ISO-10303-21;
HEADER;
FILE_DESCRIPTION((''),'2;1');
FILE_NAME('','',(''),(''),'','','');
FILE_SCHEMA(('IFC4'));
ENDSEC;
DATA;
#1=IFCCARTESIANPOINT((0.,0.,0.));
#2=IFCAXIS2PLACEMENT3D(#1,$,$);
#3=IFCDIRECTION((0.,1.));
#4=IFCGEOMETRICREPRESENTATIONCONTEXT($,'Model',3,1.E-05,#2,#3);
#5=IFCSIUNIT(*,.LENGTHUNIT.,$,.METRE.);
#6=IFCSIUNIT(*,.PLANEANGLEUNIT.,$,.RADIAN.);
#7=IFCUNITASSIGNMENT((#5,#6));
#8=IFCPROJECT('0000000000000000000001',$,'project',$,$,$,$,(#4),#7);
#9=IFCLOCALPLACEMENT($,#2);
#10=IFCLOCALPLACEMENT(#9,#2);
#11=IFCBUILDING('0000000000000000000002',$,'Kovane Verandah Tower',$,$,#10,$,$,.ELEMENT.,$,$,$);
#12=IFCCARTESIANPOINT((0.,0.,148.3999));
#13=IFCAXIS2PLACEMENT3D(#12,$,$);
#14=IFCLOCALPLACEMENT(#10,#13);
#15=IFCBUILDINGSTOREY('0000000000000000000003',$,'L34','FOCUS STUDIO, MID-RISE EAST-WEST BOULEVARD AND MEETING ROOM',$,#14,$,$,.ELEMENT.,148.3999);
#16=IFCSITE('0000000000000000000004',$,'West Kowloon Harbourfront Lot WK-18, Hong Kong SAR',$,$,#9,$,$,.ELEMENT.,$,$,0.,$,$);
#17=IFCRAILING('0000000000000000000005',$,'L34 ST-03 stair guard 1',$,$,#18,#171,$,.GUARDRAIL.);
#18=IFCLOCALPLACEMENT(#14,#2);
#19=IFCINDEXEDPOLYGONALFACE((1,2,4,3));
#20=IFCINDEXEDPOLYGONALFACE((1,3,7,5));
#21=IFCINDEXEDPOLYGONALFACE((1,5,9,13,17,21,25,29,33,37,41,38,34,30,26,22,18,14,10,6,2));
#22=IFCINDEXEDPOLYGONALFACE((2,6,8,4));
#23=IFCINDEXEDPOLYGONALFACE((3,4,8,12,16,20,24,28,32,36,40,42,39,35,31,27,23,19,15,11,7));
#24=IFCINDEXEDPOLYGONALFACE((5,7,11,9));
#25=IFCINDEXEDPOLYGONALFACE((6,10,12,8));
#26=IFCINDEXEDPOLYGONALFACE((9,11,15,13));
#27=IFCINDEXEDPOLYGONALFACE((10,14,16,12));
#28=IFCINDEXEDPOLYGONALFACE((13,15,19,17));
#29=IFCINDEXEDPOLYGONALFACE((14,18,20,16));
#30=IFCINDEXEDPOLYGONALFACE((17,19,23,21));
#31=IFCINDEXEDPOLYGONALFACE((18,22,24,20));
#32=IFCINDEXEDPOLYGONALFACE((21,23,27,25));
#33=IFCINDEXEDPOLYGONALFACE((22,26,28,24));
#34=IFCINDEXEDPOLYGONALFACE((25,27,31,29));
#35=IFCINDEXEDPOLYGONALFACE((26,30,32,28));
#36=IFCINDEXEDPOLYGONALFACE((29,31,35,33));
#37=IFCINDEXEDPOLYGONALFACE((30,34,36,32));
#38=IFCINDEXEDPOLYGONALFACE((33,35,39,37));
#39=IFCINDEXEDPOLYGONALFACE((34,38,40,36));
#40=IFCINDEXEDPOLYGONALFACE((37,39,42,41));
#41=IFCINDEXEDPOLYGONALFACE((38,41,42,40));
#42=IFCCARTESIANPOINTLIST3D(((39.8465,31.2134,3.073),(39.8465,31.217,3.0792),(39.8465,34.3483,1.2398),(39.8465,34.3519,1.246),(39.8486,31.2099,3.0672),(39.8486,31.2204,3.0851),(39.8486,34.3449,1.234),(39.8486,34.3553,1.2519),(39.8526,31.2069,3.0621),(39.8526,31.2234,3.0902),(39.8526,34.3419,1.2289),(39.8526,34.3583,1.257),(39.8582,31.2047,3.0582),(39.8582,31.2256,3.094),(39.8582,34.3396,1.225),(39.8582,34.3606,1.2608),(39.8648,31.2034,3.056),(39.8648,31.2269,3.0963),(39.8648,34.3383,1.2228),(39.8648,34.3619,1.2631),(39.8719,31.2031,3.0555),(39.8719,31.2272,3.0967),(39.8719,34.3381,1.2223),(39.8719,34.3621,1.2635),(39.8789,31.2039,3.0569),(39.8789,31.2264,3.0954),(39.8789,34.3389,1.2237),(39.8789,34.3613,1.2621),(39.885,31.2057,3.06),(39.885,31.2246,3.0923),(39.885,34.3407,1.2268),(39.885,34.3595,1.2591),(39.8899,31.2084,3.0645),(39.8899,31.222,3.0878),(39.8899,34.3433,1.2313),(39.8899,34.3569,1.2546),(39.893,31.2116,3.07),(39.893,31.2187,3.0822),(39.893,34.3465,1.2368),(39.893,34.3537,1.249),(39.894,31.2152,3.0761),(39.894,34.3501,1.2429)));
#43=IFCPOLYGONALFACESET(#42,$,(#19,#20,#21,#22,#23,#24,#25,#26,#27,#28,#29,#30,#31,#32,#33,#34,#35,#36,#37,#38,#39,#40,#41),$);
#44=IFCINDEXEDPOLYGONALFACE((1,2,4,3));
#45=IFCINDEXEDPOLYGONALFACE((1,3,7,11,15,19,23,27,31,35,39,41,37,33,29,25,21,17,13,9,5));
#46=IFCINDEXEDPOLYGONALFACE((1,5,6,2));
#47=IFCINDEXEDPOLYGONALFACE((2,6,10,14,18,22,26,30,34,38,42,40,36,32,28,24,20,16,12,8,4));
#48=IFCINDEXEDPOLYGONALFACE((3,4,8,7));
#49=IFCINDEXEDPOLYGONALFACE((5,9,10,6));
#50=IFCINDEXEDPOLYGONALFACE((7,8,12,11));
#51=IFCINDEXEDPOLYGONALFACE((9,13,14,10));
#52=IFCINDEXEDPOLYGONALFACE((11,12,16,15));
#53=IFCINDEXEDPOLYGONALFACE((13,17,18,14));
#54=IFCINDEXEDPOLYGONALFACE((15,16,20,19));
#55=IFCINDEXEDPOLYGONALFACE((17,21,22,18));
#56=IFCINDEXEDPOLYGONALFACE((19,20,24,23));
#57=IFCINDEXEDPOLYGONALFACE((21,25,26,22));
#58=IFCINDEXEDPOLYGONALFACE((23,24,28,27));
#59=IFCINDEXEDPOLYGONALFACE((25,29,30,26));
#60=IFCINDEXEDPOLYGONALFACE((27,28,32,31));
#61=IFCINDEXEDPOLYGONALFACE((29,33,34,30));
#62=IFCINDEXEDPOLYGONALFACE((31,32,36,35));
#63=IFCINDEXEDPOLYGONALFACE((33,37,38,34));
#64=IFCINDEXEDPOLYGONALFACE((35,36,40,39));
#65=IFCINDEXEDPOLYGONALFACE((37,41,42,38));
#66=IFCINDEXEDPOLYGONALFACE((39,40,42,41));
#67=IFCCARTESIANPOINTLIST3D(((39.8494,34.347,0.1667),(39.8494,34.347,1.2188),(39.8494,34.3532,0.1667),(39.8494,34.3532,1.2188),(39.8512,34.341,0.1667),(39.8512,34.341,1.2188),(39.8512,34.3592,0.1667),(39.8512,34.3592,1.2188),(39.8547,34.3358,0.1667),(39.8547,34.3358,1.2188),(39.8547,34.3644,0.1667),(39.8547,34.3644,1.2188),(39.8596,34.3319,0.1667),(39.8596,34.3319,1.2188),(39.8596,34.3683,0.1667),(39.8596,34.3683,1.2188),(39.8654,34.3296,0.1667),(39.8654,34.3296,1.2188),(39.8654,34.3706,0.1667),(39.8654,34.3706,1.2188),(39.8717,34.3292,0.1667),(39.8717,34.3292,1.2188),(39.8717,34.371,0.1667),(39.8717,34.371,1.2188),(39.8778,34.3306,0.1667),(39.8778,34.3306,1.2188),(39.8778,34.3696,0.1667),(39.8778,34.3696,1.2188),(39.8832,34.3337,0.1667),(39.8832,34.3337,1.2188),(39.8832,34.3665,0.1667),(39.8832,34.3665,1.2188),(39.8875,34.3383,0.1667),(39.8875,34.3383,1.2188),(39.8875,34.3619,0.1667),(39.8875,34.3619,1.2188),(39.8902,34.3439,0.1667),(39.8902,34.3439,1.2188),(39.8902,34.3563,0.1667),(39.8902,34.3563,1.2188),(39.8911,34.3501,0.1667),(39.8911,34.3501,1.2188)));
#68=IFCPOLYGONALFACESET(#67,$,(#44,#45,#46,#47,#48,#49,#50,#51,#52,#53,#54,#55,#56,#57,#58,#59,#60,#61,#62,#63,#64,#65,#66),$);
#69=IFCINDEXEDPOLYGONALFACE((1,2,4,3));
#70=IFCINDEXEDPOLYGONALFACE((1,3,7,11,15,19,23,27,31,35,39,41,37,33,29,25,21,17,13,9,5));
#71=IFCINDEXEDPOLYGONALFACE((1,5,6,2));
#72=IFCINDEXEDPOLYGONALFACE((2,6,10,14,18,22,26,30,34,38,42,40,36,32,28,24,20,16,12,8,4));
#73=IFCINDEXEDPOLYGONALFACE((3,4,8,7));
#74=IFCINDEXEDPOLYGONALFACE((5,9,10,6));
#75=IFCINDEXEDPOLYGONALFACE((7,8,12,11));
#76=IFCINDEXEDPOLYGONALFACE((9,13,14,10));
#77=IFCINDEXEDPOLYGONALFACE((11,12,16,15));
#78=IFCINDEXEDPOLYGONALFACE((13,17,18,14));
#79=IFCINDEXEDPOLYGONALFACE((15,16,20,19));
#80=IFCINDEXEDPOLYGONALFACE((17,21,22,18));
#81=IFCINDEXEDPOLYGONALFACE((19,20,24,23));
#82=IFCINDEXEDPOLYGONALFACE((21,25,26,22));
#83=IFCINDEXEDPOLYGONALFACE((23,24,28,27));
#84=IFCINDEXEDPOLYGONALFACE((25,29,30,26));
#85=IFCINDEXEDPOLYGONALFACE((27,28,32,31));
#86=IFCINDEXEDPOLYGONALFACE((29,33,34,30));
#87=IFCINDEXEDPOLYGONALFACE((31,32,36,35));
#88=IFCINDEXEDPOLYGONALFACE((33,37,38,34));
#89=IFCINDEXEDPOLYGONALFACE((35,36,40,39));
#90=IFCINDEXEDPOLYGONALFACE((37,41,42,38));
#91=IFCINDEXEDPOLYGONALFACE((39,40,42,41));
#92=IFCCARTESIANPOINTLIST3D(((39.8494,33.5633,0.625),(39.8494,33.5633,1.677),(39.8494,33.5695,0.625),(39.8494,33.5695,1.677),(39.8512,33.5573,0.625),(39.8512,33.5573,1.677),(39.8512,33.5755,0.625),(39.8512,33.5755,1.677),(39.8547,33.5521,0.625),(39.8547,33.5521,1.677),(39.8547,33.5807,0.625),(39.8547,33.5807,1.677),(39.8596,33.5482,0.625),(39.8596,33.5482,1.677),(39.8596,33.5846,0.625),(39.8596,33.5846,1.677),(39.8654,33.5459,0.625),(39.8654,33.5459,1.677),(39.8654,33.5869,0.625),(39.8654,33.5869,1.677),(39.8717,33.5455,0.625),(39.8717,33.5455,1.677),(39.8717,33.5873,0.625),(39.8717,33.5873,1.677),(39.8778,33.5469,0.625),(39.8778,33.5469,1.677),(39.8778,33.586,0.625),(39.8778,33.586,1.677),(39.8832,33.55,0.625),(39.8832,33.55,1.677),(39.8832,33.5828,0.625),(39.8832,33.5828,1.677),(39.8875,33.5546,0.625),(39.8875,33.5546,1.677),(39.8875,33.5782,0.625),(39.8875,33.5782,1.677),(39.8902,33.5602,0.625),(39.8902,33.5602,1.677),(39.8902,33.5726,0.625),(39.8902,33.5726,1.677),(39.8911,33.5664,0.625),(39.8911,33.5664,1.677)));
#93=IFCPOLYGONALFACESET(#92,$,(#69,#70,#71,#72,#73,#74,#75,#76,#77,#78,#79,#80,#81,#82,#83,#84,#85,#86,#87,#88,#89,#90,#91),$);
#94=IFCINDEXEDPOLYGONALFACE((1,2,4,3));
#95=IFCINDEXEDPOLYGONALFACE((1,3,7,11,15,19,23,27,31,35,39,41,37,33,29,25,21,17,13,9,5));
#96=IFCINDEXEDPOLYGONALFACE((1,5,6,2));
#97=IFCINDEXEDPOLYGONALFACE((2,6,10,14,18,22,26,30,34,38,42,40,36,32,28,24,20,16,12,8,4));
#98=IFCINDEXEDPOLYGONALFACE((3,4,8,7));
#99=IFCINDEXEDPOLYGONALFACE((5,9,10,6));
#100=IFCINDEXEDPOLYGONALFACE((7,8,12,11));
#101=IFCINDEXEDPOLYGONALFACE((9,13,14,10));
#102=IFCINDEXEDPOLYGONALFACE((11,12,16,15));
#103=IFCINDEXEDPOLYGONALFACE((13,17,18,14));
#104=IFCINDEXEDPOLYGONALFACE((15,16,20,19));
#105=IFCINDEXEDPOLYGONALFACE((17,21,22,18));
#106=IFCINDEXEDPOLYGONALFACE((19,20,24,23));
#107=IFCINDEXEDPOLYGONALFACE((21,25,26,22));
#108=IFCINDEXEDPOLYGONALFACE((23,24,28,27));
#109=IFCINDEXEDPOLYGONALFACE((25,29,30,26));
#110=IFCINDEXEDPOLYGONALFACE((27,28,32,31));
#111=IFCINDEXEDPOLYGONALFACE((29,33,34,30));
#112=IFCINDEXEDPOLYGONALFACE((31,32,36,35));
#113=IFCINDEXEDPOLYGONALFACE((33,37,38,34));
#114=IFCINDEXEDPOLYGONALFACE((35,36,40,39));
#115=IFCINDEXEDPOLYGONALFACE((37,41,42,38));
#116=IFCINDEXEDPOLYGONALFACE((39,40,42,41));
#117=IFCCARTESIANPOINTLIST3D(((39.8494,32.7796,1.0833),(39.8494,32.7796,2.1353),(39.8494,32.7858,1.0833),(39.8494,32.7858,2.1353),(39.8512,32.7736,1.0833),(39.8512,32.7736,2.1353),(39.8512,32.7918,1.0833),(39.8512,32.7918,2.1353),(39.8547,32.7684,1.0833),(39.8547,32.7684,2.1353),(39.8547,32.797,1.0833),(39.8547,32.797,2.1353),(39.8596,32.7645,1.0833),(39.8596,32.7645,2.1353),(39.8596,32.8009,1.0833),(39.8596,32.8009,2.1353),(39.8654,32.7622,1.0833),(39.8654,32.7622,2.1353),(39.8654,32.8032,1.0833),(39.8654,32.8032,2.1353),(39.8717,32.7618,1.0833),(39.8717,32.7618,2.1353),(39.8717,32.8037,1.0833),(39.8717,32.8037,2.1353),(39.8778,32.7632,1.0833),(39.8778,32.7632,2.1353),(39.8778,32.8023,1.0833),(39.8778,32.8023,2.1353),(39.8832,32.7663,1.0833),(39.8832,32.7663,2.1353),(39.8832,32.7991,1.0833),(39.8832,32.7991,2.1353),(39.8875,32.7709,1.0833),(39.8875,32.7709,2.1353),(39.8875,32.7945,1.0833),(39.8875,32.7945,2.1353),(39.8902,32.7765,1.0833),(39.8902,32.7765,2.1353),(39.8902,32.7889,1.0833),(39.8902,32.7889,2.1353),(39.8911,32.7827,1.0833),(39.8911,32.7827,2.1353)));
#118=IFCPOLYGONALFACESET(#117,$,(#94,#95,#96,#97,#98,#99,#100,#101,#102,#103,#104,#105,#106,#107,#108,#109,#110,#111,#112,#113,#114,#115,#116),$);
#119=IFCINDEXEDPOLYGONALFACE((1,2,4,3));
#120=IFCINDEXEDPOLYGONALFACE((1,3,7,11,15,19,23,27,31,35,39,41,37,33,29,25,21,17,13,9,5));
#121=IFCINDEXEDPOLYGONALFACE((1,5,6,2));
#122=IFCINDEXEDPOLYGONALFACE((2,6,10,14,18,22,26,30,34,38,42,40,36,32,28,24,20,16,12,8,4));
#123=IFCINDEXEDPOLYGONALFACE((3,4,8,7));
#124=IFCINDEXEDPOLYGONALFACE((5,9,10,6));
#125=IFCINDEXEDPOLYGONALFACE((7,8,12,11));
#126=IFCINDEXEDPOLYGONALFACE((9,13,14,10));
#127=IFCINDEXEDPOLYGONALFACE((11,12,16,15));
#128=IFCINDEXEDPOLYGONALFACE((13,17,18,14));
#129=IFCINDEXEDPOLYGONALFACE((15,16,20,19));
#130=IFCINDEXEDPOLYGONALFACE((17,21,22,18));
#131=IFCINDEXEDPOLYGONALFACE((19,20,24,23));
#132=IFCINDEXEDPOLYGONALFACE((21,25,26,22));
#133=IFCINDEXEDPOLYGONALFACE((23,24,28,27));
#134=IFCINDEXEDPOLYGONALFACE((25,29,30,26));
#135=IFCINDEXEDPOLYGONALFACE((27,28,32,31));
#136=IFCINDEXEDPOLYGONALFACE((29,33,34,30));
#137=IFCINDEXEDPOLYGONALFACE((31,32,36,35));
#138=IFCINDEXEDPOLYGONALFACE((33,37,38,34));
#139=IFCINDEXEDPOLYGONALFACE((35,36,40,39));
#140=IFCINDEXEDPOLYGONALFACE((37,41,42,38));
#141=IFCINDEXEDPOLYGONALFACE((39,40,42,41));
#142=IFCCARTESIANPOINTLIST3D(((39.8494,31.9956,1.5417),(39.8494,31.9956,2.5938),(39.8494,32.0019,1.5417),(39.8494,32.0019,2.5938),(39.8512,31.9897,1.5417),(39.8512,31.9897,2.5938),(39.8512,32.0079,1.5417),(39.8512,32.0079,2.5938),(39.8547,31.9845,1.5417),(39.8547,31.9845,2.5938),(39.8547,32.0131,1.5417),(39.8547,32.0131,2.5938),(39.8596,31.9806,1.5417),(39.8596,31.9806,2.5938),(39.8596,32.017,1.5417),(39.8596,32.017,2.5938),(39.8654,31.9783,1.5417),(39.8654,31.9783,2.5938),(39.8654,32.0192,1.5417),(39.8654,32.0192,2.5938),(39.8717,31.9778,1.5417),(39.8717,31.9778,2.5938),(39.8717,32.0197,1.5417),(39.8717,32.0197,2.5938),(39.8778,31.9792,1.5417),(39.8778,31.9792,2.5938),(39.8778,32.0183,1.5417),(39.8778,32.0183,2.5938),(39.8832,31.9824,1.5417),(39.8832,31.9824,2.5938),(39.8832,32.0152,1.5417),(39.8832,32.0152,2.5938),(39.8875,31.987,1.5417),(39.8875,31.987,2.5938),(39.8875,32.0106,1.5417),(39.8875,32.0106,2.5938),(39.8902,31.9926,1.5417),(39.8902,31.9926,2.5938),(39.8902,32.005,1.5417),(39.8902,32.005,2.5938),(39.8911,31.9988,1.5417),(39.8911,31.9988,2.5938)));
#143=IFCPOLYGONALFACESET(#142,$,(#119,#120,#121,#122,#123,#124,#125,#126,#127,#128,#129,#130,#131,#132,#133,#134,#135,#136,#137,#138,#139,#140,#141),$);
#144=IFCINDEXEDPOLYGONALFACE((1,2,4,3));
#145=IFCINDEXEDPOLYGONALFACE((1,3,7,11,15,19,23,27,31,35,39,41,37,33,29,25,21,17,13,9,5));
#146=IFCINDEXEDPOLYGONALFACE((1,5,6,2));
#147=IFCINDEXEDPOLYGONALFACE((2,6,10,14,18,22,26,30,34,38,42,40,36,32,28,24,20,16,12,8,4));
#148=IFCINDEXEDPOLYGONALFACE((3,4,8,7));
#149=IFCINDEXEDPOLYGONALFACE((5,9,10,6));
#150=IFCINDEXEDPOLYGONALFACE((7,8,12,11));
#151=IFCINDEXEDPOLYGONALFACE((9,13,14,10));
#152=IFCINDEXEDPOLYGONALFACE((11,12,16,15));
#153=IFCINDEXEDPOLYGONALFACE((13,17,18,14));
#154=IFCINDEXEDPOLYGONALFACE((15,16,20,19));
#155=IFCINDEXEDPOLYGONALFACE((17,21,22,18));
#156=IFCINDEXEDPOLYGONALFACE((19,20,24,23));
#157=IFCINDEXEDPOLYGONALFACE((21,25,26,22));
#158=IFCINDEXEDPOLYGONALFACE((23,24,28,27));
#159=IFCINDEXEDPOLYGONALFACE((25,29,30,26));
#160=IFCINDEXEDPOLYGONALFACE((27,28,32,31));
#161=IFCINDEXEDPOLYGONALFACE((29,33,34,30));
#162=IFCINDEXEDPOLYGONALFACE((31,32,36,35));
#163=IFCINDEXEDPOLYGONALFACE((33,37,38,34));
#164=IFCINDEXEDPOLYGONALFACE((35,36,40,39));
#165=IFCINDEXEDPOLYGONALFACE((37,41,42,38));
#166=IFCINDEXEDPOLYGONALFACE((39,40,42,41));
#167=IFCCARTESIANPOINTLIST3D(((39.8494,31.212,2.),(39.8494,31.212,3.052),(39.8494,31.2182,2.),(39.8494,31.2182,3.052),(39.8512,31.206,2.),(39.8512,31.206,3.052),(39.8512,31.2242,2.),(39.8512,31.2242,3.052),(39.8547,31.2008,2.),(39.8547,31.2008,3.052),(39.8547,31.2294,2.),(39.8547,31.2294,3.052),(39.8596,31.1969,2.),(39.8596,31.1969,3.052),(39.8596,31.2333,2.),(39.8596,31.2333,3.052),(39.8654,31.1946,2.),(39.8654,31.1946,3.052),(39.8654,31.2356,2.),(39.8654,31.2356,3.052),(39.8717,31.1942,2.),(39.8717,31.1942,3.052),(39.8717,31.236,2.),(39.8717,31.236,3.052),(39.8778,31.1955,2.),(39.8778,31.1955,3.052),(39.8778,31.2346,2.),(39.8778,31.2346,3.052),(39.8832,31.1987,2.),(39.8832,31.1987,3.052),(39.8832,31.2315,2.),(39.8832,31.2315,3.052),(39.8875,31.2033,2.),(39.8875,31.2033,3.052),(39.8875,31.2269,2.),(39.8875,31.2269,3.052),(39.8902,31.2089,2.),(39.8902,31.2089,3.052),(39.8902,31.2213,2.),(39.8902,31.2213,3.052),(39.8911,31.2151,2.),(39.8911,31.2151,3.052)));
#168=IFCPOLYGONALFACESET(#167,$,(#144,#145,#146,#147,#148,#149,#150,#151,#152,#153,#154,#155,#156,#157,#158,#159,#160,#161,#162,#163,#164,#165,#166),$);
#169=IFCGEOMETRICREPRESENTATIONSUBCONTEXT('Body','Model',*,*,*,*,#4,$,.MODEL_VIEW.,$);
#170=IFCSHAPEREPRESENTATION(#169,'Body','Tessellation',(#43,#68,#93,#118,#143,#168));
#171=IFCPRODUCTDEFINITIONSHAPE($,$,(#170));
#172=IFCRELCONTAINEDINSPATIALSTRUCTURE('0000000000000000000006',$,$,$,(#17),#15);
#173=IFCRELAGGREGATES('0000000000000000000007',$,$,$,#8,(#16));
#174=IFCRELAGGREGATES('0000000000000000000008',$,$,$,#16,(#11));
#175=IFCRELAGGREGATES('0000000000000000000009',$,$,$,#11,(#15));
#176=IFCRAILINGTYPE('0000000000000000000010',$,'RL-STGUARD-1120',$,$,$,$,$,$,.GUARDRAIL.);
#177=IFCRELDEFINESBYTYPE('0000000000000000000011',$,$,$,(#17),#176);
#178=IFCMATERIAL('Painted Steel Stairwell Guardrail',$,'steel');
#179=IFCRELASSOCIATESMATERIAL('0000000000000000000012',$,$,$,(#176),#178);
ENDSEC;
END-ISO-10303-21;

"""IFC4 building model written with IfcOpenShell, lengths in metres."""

from ifc_helpers import new_model, si_unit, direction, frame, origin, origin_2d, place, context, subcontext, project, spatial, circle, extrude, material, type_object, element, save


model = new_model("IFC4")

# Units and contexts
model_context = context("Model", 3, precision=1e-05, world=origin(), true_north=direction((0.0, 1.0)))
body_context = subcontext(model_context, "Body", "Model", "MODEL_VIEW")
ifc_project = project(units=[si_unit("LENGTHUNIT", "METRE"), si_unit("PLANEANGLEUNIT", "RADIAN")], contexts=[model_context])

# Site, building, storey
site_placement = place(None, origin())
site = spatial("IfcSite", under=ifc_project, at=site_placement, Name="West Kowloon Harbourfront Lot WK-18, Hong Kong SAR", CompositionType="ELEMENT", RefElevation=0.0)
building_placement = place(site_placement, origin())
building = spatial("IfcBuilding", under=site, at=building_placement, Name="Kovane Verandah Tower", CompositionType="ELEMENT")
storey_placement = place(building_placement, frame((0.0, 0.0, 148.3999)))
storey = spatial("IfcBuildingStorey", under=building, at=storey_placement, Name="L34", Description="FOCUS STUDIO, MID-RISE EAST-WEST BOULEVARD AND MEETING ROOM", CompositionType="ELEMENT", Elevation=148.3999)

# Railing
ifc_material_1 = material(Name="Painted Steel Stairwell Guardrail", Category="steel")
railing_type_1 = type_object("IfcRailingType", Name="RL-STGUARD-1120", PredefinedType="GUARDRAIL", material=ifc_material_1)
railing_1_placement = place(storey_placement, frame((39.8701, 34.3501, 0.1667)))
element("IfcRailing", 1, at=railing_1_placement, inside=storey, type_object=railing_type_1, Name="L34 ST-03 stair guard 1", PredefinedType="GUARDRAIL", context=body_context, shape_type="SweptSolid", body=[
    extrude(circle(Radius=0.0239, at=origin_2d()), frame((0.0, 0.0, 1.0762), z_axis=(0.0, -0.86324, 0.504794), x_axis=(1.0, 0.0, 0.0)), (0.0, 0.0, 1.0), 3.6316),
    extrude(circle(Radius=0.021, at=origin_2d()), origin(), (0.0, 0.0, 1.0), 1.052),
    extrude(circle(Radius=0.021, at=origin_2d()), frame((0.0, -0.7837, 0.4583)), (0.0, 0.0, 1.0), 1.052),
    extrude(circle(Radius=0.021, at=origin_2d()), frame((0.0, -1.5674, 0.9165)), (0.0, 0.0, 1.0), 1.052),
    extrude(circle(Radius=0.021, at=origin_2d()), frame((0.0, -2.3513, 1.375)), (0.0, 0.0, 1.0), 1.052),
    extrude(circle(Radius=0.021, at=origin_2d()), frame((0.0, -3.135, 1.8333)), (0.0, 0.0, 1.0), 1.052),
])

save(model, "model.ifc")
